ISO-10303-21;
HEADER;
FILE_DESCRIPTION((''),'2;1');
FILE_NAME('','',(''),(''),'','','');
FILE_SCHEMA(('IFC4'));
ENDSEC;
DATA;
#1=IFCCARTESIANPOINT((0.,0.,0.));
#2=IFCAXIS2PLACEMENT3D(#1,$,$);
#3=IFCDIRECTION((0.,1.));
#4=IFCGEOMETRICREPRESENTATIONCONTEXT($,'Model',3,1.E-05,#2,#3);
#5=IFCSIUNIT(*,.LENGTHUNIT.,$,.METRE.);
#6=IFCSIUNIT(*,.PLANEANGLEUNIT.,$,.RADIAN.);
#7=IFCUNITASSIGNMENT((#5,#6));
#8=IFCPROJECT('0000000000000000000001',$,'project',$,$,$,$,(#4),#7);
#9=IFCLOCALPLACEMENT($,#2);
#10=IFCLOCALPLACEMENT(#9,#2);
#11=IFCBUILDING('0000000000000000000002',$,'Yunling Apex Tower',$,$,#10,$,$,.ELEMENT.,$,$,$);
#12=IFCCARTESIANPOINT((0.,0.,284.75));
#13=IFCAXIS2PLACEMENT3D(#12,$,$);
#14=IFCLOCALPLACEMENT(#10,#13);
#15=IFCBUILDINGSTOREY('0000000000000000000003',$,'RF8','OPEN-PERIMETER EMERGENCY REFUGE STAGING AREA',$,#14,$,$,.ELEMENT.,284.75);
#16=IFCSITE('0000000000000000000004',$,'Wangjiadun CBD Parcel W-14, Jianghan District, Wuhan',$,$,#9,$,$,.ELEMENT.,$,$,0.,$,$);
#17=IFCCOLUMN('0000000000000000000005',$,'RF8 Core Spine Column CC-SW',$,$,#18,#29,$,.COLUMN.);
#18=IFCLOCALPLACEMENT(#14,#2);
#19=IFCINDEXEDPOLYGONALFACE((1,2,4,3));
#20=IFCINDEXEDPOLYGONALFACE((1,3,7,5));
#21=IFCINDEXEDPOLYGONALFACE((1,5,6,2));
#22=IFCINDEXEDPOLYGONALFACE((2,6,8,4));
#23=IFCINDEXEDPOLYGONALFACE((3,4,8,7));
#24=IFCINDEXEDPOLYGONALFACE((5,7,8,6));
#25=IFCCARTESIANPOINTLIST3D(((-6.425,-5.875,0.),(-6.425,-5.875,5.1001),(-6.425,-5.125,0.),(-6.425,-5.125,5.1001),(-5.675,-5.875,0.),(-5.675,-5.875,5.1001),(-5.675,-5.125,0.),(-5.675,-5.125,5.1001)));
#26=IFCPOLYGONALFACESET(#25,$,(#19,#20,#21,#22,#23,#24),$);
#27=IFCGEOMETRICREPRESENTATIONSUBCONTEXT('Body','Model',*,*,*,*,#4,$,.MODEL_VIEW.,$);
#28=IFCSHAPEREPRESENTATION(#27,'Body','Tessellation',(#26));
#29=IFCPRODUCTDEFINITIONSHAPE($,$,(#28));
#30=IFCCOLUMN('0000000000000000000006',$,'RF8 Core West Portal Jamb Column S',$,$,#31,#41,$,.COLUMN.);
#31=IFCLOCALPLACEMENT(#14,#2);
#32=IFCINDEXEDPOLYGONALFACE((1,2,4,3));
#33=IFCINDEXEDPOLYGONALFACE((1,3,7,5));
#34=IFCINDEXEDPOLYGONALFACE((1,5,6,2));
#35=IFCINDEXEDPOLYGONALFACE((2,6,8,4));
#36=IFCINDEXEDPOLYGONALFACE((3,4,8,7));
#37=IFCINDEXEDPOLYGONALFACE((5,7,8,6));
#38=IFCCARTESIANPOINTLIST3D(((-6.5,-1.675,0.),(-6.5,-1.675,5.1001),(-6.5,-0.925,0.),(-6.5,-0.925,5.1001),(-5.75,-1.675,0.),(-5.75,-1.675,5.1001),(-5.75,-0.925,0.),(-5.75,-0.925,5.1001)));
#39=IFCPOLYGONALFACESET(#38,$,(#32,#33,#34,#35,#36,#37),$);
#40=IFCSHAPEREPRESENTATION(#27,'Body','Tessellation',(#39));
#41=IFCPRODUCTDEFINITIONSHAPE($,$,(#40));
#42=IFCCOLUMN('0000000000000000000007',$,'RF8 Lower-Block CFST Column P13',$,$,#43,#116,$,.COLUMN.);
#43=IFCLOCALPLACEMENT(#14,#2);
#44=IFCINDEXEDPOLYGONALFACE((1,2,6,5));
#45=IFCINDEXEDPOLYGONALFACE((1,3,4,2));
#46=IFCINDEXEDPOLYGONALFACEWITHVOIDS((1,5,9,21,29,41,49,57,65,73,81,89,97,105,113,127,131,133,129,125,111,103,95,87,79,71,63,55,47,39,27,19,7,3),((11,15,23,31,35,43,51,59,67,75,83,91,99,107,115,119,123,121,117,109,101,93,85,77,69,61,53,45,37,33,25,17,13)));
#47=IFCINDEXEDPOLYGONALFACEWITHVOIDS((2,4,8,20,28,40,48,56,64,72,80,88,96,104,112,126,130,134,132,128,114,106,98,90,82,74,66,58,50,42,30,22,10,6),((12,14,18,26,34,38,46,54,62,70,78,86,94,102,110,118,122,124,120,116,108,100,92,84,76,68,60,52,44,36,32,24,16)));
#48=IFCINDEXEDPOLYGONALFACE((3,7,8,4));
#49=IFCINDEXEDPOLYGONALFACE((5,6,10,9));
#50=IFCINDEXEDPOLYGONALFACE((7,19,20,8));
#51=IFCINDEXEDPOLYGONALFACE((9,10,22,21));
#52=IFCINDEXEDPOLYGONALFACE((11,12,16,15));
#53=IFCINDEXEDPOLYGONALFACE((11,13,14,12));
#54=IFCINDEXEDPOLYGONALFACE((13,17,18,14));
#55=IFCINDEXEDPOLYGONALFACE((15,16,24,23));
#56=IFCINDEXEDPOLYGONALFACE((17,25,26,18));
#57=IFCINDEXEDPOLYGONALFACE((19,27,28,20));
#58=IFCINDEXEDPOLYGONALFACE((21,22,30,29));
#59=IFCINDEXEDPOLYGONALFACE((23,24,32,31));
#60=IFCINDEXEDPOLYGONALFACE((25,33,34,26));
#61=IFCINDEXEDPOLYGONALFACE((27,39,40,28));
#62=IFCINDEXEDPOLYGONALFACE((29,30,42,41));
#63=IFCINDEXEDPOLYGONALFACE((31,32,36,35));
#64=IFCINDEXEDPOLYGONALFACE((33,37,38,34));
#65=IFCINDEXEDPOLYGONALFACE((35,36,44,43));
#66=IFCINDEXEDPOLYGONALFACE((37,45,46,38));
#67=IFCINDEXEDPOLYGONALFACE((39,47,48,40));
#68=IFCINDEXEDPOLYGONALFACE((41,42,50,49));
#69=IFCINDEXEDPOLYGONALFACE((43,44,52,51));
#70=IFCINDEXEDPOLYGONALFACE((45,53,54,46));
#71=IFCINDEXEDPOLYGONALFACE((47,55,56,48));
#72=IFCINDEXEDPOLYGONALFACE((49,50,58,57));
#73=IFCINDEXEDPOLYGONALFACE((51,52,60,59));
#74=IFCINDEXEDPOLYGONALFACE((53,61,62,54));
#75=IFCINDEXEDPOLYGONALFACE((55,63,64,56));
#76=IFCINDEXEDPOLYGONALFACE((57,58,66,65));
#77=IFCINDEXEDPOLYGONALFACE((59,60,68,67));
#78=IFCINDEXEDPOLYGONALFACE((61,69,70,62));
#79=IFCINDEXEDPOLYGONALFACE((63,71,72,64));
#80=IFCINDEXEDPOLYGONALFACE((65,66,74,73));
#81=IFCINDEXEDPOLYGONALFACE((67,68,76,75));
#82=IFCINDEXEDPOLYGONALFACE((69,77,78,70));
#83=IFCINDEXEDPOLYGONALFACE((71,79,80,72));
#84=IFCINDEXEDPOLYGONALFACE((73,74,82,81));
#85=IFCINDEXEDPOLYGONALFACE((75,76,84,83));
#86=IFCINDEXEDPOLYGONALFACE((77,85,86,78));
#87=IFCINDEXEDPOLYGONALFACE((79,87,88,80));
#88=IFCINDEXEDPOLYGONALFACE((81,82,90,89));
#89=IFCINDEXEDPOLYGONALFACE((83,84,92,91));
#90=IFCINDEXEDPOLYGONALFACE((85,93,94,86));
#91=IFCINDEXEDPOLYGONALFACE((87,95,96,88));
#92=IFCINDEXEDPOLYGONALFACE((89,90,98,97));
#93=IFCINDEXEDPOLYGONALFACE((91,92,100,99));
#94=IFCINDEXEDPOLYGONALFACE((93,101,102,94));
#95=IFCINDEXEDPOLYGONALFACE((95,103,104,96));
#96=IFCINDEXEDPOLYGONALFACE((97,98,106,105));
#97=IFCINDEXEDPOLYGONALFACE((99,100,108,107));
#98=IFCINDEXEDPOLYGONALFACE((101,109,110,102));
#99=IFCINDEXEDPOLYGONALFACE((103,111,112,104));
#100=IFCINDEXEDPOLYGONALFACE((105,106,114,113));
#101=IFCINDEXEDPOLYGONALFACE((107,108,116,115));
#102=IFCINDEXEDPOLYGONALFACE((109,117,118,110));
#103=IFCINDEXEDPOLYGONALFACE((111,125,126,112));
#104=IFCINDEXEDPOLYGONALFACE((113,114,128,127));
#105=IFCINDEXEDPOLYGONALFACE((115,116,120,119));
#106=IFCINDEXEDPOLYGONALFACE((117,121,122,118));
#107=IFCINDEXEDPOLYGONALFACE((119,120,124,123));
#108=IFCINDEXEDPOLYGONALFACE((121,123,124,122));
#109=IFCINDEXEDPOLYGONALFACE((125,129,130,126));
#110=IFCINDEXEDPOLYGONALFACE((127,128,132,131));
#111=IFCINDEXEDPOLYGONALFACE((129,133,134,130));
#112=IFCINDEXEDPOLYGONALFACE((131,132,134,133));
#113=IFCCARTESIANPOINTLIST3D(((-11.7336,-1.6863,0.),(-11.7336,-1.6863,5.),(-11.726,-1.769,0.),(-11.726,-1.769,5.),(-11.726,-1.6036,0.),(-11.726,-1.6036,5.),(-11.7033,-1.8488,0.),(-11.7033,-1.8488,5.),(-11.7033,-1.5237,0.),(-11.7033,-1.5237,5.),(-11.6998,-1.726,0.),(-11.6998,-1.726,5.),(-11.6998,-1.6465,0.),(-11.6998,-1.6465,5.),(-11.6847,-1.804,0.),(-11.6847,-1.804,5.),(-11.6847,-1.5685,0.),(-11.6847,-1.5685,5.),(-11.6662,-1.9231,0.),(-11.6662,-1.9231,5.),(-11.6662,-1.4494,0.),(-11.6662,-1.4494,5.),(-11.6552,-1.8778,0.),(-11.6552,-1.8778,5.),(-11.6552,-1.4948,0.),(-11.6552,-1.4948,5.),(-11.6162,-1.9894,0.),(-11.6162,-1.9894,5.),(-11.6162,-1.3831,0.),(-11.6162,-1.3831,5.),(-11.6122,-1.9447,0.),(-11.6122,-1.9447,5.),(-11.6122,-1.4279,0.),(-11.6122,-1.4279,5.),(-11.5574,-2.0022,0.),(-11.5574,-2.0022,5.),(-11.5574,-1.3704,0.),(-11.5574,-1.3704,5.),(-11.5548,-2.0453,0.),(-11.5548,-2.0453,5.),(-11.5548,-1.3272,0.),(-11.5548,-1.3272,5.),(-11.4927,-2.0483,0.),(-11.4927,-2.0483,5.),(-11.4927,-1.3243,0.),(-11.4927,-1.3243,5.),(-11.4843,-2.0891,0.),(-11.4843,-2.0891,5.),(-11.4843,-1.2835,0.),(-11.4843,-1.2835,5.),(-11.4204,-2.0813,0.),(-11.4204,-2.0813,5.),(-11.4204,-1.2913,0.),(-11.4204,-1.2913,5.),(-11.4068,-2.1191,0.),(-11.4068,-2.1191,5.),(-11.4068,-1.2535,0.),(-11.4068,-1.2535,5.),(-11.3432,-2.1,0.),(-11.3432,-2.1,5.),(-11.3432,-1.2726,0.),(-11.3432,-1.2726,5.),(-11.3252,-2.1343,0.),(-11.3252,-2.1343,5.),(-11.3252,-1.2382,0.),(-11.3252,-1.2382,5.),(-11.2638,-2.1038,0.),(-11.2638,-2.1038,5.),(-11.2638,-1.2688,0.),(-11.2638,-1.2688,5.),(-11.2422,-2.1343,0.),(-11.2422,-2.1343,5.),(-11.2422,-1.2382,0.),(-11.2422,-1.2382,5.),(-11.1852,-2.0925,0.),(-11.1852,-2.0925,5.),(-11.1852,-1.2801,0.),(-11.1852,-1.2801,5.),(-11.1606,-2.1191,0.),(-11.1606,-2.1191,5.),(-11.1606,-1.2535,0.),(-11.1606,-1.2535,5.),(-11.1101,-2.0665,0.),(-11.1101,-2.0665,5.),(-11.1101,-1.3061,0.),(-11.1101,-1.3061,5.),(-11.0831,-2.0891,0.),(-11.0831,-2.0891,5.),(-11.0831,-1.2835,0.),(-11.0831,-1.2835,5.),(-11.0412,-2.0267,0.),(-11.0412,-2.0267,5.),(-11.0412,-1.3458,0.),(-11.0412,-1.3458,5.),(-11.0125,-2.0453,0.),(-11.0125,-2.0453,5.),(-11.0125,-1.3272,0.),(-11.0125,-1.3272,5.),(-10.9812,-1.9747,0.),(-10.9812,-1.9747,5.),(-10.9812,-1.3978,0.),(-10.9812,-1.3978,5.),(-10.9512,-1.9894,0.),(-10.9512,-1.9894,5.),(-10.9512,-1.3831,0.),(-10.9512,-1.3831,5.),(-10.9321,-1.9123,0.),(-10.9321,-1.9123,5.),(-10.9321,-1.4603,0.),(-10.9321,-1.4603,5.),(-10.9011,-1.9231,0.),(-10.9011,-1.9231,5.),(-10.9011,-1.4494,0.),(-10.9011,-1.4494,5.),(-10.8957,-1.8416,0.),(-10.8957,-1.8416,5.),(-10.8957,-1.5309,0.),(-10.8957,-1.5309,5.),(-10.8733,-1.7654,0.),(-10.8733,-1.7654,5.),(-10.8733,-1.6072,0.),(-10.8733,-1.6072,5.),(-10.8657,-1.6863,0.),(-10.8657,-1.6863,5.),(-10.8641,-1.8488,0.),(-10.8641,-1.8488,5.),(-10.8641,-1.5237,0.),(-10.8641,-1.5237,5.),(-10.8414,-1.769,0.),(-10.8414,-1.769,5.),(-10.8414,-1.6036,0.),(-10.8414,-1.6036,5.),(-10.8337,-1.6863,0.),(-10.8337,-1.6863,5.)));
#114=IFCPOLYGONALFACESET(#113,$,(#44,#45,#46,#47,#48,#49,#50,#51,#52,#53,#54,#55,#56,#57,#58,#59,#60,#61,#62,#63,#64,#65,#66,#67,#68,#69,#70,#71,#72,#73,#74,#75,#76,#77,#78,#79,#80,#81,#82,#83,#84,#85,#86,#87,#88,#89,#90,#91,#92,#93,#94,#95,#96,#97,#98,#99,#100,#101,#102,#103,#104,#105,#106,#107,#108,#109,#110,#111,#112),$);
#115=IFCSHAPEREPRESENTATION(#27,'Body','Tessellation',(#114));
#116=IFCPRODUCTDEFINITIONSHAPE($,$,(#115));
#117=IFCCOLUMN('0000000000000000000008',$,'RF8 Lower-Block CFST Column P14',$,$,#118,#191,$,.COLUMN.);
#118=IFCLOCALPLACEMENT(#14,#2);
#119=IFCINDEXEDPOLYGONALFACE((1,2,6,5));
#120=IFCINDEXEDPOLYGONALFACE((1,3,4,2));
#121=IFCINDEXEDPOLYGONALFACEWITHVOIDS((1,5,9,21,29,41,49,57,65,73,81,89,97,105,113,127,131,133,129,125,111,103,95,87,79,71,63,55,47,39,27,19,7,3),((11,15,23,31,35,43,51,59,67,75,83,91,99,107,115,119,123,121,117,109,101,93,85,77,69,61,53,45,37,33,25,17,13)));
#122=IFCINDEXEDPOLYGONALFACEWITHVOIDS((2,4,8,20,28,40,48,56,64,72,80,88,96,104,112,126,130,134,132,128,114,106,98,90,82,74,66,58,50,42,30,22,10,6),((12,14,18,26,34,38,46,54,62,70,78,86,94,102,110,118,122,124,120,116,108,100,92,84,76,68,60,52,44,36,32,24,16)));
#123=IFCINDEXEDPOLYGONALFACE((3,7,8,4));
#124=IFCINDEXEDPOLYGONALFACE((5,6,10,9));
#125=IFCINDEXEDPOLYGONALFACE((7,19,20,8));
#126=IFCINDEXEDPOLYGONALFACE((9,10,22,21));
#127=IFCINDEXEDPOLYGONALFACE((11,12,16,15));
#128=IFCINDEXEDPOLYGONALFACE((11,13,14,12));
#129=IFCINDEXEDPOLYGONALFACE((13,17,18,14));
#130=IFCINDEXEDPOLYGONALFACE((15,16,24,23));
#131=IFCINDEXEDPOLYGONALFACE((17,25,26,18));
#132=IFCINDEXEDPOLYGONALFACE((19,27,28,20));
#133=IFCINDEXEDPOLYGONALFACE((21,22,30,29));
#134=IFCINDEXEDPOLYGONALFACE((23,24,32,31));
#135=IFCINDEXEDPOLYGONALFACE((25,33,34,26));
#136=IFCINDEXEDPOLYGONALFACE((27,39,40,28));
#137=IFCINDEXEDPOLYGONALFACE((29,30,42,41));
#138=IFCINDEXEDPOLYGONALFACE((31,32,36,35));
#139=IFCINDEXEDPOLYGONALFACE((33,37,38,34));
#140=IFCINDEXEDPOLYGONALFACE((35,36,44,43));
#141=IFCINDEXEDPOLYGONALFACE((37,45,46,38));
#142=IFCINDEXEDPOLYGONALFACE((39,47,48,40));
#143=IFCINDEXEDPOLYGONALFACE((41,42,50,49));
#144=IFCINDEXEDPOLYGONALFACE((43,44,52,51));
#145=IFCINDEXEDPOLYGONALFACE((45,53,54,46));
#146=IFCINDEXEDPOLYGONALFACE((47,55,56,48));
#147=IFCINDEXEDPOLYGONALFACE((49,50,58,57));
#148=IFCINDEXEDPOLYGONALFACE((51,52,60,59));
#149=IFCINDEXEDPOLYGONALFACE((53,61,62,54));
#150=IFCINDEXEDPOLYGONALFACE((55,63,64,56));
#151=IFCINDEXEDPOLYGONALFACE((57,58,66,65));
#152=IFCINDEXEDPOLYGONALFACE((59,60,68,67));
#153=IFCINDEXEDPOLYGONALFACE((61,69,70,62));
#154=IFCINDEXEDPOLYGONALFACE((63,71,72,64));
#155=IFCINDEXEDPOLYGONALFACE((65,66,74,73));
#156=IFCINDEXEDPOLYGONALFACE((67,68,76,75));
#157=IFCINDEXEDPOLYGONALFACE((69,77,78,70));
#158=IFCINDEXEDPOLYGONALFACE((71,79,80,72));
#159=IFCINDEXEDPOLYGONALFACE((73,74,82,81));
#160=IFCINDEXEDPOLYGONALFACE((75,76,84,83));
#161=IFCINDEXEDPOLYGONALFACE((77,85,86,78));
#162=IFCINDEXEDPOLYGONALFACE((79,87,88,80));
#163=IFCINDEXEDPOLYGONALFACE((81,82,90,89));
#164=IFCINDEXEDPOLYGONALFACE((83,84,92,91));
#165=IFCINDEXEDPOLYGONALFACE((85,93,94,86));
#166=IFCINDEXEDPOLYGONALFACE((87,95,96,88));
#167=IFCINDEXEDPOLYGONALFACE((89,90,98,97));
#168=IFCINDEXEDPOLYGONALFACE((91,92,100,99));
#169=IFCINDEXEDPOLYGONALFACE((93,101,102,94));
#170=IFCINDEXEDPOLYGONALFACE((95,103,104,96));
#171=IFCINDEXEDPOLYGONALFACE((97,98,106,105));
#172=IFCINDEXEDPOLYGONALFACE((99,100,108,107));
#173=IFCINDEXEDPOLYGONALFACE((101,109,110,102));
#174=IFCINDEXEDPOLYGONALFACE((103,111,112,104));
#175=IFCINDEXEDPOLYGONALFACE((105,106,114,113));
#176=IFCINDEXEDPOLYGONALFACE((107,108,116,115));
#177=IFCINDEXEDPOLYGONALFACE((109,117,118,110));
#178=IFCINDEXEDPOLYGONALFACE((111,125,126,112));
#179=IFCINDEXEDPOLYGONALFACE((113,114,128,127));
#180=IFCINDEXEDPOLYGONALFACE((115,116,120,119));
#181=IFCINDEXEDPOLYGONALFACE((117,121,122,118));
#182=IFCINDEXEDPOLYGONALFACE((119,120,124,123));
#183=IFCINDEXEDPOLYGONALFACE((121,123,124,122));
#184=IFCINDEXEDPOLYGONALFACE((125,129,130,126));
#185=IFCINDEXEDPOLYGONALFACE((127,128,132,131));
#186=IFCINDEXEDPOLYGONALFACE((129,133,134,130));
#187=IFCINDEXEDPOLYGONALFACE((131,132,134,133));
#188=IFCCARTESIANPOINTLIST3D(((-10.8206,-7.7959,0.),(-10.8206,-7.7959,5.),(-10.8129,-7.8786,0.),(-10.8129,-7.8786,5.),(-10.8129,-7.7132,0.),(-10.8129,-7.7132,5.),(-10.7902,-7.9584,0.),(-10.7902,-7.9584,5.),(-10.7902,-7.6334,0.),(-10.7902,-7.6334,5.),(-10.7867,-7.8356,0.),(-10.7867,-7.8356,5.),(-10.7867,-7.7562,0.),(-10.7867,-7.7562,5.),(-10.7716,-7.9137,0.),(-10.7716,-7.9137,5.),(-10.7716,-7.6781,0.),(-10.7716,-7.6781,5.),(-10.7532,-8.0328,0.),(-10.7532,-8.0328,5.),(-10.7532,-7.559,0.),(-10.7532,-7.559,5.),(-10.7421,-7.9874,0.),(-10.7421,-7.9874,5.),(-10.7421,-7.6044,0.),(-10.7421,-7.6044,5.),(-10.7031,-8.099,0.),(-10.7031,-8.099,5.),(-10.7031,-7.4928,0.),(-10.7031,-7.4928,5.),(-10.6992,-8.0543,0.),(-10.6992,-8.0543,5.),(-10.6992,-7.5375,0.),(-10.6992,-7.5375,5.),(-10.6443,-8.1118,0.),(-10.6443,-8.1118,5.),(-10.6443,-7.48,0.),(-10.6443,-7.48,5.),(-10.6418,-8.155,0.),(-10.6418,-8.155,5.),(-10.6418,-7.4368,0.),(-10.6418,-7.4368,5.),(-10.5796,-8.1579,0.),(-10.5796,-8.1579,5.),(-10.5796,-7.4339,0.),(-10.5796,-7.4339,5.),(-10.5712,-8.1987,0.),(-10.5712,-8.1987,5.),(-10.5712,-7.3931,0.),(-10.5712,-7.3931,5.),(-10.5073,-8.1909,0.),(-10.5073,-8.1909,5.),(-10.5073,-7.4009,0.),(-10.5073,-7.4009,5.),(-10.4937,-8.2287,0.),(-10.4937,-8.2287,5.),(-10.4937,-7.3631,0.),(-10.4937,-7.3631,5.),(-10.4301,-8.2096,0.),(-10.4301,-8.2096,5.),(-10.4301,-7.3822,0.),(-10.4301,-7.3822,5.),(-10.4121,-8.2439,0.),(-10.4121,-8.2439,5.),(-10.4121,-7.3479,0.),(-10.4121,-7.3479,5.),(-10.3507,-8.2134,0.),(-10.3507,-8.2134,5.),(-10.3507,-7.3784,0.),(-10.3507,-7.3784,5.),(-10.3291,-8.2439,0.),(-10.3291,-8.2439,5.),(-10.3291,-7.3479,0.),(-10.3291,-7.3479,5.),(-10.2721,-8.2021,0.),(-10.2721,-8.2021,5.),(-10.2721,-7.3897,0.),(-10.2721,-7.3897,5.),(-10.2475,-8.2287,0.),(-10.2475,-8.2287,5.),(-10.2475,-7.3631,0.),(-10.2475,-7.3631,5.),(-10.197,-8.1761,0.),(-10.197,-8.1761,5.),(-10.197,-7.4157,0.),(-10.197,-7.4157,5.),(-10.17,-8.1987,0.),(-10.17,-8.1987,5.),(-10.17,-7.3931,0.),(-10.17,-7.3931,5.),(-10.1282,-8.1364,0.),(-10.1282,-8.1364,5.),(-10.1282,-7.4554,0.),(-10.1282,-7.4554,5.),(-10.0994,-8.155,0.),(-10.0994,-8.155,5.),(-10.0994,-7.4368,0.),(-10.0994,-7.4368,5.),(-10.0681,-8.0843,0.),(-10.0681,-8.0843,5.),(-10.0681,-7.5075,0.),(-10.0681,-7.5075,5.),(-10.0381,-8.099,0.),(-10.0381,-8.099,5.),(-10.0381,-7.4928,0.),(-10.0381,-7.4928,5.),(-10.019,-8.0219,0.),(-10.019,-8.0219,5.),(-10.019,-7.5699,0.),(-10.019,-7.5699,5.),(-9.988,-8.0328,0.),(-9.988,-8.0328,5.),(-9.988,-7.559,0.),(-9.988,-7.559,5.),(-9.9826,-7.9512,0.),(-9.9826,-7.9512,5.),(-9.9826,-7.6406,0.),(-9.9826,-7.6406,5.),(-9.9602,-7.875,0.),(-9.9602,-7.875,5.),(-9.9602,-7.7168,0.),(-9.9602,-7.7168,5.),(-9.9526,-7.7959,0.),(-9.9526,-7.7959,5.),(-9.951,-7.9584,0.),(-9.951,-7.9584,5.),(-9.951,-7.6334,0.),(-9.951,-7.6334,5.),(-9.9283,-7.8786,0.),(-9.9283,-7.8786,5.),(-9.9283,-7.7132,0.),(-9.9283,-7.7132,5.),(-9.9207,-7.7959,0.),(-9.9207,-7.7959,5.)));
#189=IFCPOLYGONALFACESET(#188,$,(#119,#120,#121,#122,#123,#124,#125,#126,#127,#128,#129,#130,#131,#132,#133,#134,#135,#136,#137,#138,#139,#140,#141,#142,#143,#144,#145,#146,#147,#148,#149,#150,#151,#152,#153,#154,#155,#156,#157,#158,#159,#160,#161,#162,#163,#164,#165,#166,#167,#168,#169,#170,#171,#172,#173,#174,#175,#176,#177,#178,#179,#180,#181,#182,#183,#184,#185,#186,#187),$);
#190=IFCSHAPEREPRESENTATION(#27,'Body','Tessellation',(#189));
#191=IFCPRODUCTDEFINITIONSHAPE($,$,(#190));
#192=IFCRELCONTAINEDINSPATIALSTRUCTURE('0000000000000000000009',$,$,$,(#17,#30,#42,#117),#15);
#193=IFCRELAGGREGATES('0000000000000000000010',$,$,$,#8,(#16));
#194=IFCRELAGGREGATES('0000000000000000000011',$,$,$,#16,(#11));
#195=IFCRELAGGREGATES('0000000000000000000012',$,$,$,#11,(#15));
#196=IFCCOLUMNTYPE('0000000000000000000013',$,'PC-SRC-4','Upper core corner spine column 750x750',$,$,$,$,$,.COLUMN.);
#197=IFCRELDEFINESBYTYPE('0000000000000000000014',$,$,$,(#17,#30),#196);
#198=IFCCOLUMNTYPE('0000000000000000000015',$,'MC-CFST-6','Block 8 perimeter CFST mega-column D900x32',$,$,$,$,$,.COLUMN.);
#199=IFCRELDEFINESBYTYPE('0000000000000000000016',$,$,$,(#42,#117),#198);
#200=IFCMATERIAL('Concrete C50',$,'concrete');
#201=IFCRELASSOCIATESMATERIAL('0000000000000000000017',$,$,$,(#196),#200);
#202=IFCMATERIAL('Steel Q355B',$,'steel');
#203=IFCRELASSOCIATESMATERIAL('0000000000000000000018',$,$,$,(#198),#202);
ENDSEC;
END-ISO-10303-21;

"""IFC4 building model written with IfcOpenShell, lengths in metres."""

from ifc_helpers import new_model, si_unit, direction, frame, origin, origin_2d, place, context, subcontext, project, spatial, rectangle, hollow_circle, extrude, source, transform, mapped, material, material_profile, profile_set, type_object, element, save


model = new_model("IFC4")

# Units and contexts
model_context = context("Model", 3, precision=1e-05, world=origin(), true_north=direction((0.0, 1.0)))
body_context = subcontext(model_context, "Body", "Model", "MODEL_VIEW")
ifc_project = project(units=[si_unit("LENGTHUNIT", "METRE"), si_unit("PLANEANGLEUNIT", "RADIAN")], contexts=[model_context])

# Site, building, storey
site_placement = place(None, origin())
site = spatial("IfcSite", under=ifc_project, at=site_placement, Name="Wangjiadun CBD Parcel W-14, Jianghan District, Wuhan", CompositionType="ELEMENT", RefElevation=0.0)
building_placement = place(site_placement, origin())
building = spatial("IfcBuilding", under=site, at=building_placement, Name="Yunling Apex Tower", CompositionType="ELEMENT")
storey_placement = place(building_placement, frame((0.0, 0.0, 284.75)))
storey = spatial("IfcBuildingStorey", under=building, at=storey_placement, Name="RF8", Description="OPEN-PERIMETER EMERGENCY REFUGE STAGING AREA", CompositionType="ELEMENT", Elevation=284.75)

# Columns
ifc_material_1 = material(Name="Concrete C50", Category="concrete")
ifc_material_profile_1 = material_profile(ifc_material_1, rectangle(XDim=0.75, YDim=0.75, at=origin_2d()))
ifc_profile_set_1 = profile_set([ifc_material_profile_1], Name="Concrete C50")
column_type_1 = type_object("IfcColumnType", Name="PC-SRC-4", Description="Upper core corner spine column 750x750", PredefinedType="COLUMN", material=ifc_profile_set_1)
shared_shape_1 = source(origin(), body_context, "Body", "SweptSolid", [
    extrude(rectangle(XDim=0.75, YDim=0.75, at=origin_2d()), origin(), (0.0, 0.0, 1.0), 5.1001),
])
for number, where, z_axis, x_axis, name in (
    (1, (-6.05, -5.5, 0.0), (0.0, 0.0, 1.0), (1.0, 0.0, 0.0), "RF8 Core Spine Column CC-SW"),
    (2, (-6.125, -1.3, 0.0), (0.0, 0.0, 1.0), (1.0, 0.0, 0.0), "RF8 Core West Portal Jamb Column S"),
):
    element("IfcColumn", number, at=place(storey_placement, frame(where, z_axis=z_axis, x_axis=x_axis)), inside=storey, type_object=column_type_1, Name=name, PredefinedType="COLUMN", context=body_context, shape_type="MappedRepresentation", body=[
        mapped(shared_shape_1, transform((0.0, 0.0, 0.0), scale=1.0)),
    ])
ifc_material_2 = material(Name="Steel Q355B", Category="steel")
ifc_material_profile_2 = material_profile(ifc_material_2, hollow_circle(Radius=0.45, WallThickness=0.032, at=origin_2d()))
ifc_profile_set_2 = profile_set([ifc_material_profile_2], Name="Steel Q355B")
column_type_2 = type_object("IfcColumnType", Name="MC-CFST-6", Description="Block 8 perimeter CFST mega-column D900x32", PredefinedType="COLUMN", material=ifc_profile_set_2)
shared_shape_2 = source(origin(), body_context, "Body", "SweptSolid", [
    extrude(hollow_circle(Radius=0.45, WallThickness=0.032, at=origin_2d()), origin(), (0.0, 0.0, 1.0), 5.0),
])
for number, where, z_axis, x_axis, name in (
    (3, (-11.2837, -1.6863, 0.0), (0.0, 0.0, 1.0), (1.0, 0.0, 0.0), "RF8 Lower-Block CFST Column P13"),
    (4, (-10.3706, -7.7959, 0.0), (0.0, 0.0, 1.0), (1.0, 0.0, 0.0), "RF8 Lower-Block CFST Column P14"),
):
    element("IfcColumn", number, at=place(storey_placement, frame(where, z_axis=z_axis, x_axis=x_axis)), inside=storey, type_object=column_type_2, Name=name, PredefinedType="COLUMN", context=body_context, shape_type="MappedRepresentation", body=[
        mapped(shared_shape_2, transform((0.0, 0.0, 0.0), scale=1.0)),
    ])

save(model, "model.ifc")
